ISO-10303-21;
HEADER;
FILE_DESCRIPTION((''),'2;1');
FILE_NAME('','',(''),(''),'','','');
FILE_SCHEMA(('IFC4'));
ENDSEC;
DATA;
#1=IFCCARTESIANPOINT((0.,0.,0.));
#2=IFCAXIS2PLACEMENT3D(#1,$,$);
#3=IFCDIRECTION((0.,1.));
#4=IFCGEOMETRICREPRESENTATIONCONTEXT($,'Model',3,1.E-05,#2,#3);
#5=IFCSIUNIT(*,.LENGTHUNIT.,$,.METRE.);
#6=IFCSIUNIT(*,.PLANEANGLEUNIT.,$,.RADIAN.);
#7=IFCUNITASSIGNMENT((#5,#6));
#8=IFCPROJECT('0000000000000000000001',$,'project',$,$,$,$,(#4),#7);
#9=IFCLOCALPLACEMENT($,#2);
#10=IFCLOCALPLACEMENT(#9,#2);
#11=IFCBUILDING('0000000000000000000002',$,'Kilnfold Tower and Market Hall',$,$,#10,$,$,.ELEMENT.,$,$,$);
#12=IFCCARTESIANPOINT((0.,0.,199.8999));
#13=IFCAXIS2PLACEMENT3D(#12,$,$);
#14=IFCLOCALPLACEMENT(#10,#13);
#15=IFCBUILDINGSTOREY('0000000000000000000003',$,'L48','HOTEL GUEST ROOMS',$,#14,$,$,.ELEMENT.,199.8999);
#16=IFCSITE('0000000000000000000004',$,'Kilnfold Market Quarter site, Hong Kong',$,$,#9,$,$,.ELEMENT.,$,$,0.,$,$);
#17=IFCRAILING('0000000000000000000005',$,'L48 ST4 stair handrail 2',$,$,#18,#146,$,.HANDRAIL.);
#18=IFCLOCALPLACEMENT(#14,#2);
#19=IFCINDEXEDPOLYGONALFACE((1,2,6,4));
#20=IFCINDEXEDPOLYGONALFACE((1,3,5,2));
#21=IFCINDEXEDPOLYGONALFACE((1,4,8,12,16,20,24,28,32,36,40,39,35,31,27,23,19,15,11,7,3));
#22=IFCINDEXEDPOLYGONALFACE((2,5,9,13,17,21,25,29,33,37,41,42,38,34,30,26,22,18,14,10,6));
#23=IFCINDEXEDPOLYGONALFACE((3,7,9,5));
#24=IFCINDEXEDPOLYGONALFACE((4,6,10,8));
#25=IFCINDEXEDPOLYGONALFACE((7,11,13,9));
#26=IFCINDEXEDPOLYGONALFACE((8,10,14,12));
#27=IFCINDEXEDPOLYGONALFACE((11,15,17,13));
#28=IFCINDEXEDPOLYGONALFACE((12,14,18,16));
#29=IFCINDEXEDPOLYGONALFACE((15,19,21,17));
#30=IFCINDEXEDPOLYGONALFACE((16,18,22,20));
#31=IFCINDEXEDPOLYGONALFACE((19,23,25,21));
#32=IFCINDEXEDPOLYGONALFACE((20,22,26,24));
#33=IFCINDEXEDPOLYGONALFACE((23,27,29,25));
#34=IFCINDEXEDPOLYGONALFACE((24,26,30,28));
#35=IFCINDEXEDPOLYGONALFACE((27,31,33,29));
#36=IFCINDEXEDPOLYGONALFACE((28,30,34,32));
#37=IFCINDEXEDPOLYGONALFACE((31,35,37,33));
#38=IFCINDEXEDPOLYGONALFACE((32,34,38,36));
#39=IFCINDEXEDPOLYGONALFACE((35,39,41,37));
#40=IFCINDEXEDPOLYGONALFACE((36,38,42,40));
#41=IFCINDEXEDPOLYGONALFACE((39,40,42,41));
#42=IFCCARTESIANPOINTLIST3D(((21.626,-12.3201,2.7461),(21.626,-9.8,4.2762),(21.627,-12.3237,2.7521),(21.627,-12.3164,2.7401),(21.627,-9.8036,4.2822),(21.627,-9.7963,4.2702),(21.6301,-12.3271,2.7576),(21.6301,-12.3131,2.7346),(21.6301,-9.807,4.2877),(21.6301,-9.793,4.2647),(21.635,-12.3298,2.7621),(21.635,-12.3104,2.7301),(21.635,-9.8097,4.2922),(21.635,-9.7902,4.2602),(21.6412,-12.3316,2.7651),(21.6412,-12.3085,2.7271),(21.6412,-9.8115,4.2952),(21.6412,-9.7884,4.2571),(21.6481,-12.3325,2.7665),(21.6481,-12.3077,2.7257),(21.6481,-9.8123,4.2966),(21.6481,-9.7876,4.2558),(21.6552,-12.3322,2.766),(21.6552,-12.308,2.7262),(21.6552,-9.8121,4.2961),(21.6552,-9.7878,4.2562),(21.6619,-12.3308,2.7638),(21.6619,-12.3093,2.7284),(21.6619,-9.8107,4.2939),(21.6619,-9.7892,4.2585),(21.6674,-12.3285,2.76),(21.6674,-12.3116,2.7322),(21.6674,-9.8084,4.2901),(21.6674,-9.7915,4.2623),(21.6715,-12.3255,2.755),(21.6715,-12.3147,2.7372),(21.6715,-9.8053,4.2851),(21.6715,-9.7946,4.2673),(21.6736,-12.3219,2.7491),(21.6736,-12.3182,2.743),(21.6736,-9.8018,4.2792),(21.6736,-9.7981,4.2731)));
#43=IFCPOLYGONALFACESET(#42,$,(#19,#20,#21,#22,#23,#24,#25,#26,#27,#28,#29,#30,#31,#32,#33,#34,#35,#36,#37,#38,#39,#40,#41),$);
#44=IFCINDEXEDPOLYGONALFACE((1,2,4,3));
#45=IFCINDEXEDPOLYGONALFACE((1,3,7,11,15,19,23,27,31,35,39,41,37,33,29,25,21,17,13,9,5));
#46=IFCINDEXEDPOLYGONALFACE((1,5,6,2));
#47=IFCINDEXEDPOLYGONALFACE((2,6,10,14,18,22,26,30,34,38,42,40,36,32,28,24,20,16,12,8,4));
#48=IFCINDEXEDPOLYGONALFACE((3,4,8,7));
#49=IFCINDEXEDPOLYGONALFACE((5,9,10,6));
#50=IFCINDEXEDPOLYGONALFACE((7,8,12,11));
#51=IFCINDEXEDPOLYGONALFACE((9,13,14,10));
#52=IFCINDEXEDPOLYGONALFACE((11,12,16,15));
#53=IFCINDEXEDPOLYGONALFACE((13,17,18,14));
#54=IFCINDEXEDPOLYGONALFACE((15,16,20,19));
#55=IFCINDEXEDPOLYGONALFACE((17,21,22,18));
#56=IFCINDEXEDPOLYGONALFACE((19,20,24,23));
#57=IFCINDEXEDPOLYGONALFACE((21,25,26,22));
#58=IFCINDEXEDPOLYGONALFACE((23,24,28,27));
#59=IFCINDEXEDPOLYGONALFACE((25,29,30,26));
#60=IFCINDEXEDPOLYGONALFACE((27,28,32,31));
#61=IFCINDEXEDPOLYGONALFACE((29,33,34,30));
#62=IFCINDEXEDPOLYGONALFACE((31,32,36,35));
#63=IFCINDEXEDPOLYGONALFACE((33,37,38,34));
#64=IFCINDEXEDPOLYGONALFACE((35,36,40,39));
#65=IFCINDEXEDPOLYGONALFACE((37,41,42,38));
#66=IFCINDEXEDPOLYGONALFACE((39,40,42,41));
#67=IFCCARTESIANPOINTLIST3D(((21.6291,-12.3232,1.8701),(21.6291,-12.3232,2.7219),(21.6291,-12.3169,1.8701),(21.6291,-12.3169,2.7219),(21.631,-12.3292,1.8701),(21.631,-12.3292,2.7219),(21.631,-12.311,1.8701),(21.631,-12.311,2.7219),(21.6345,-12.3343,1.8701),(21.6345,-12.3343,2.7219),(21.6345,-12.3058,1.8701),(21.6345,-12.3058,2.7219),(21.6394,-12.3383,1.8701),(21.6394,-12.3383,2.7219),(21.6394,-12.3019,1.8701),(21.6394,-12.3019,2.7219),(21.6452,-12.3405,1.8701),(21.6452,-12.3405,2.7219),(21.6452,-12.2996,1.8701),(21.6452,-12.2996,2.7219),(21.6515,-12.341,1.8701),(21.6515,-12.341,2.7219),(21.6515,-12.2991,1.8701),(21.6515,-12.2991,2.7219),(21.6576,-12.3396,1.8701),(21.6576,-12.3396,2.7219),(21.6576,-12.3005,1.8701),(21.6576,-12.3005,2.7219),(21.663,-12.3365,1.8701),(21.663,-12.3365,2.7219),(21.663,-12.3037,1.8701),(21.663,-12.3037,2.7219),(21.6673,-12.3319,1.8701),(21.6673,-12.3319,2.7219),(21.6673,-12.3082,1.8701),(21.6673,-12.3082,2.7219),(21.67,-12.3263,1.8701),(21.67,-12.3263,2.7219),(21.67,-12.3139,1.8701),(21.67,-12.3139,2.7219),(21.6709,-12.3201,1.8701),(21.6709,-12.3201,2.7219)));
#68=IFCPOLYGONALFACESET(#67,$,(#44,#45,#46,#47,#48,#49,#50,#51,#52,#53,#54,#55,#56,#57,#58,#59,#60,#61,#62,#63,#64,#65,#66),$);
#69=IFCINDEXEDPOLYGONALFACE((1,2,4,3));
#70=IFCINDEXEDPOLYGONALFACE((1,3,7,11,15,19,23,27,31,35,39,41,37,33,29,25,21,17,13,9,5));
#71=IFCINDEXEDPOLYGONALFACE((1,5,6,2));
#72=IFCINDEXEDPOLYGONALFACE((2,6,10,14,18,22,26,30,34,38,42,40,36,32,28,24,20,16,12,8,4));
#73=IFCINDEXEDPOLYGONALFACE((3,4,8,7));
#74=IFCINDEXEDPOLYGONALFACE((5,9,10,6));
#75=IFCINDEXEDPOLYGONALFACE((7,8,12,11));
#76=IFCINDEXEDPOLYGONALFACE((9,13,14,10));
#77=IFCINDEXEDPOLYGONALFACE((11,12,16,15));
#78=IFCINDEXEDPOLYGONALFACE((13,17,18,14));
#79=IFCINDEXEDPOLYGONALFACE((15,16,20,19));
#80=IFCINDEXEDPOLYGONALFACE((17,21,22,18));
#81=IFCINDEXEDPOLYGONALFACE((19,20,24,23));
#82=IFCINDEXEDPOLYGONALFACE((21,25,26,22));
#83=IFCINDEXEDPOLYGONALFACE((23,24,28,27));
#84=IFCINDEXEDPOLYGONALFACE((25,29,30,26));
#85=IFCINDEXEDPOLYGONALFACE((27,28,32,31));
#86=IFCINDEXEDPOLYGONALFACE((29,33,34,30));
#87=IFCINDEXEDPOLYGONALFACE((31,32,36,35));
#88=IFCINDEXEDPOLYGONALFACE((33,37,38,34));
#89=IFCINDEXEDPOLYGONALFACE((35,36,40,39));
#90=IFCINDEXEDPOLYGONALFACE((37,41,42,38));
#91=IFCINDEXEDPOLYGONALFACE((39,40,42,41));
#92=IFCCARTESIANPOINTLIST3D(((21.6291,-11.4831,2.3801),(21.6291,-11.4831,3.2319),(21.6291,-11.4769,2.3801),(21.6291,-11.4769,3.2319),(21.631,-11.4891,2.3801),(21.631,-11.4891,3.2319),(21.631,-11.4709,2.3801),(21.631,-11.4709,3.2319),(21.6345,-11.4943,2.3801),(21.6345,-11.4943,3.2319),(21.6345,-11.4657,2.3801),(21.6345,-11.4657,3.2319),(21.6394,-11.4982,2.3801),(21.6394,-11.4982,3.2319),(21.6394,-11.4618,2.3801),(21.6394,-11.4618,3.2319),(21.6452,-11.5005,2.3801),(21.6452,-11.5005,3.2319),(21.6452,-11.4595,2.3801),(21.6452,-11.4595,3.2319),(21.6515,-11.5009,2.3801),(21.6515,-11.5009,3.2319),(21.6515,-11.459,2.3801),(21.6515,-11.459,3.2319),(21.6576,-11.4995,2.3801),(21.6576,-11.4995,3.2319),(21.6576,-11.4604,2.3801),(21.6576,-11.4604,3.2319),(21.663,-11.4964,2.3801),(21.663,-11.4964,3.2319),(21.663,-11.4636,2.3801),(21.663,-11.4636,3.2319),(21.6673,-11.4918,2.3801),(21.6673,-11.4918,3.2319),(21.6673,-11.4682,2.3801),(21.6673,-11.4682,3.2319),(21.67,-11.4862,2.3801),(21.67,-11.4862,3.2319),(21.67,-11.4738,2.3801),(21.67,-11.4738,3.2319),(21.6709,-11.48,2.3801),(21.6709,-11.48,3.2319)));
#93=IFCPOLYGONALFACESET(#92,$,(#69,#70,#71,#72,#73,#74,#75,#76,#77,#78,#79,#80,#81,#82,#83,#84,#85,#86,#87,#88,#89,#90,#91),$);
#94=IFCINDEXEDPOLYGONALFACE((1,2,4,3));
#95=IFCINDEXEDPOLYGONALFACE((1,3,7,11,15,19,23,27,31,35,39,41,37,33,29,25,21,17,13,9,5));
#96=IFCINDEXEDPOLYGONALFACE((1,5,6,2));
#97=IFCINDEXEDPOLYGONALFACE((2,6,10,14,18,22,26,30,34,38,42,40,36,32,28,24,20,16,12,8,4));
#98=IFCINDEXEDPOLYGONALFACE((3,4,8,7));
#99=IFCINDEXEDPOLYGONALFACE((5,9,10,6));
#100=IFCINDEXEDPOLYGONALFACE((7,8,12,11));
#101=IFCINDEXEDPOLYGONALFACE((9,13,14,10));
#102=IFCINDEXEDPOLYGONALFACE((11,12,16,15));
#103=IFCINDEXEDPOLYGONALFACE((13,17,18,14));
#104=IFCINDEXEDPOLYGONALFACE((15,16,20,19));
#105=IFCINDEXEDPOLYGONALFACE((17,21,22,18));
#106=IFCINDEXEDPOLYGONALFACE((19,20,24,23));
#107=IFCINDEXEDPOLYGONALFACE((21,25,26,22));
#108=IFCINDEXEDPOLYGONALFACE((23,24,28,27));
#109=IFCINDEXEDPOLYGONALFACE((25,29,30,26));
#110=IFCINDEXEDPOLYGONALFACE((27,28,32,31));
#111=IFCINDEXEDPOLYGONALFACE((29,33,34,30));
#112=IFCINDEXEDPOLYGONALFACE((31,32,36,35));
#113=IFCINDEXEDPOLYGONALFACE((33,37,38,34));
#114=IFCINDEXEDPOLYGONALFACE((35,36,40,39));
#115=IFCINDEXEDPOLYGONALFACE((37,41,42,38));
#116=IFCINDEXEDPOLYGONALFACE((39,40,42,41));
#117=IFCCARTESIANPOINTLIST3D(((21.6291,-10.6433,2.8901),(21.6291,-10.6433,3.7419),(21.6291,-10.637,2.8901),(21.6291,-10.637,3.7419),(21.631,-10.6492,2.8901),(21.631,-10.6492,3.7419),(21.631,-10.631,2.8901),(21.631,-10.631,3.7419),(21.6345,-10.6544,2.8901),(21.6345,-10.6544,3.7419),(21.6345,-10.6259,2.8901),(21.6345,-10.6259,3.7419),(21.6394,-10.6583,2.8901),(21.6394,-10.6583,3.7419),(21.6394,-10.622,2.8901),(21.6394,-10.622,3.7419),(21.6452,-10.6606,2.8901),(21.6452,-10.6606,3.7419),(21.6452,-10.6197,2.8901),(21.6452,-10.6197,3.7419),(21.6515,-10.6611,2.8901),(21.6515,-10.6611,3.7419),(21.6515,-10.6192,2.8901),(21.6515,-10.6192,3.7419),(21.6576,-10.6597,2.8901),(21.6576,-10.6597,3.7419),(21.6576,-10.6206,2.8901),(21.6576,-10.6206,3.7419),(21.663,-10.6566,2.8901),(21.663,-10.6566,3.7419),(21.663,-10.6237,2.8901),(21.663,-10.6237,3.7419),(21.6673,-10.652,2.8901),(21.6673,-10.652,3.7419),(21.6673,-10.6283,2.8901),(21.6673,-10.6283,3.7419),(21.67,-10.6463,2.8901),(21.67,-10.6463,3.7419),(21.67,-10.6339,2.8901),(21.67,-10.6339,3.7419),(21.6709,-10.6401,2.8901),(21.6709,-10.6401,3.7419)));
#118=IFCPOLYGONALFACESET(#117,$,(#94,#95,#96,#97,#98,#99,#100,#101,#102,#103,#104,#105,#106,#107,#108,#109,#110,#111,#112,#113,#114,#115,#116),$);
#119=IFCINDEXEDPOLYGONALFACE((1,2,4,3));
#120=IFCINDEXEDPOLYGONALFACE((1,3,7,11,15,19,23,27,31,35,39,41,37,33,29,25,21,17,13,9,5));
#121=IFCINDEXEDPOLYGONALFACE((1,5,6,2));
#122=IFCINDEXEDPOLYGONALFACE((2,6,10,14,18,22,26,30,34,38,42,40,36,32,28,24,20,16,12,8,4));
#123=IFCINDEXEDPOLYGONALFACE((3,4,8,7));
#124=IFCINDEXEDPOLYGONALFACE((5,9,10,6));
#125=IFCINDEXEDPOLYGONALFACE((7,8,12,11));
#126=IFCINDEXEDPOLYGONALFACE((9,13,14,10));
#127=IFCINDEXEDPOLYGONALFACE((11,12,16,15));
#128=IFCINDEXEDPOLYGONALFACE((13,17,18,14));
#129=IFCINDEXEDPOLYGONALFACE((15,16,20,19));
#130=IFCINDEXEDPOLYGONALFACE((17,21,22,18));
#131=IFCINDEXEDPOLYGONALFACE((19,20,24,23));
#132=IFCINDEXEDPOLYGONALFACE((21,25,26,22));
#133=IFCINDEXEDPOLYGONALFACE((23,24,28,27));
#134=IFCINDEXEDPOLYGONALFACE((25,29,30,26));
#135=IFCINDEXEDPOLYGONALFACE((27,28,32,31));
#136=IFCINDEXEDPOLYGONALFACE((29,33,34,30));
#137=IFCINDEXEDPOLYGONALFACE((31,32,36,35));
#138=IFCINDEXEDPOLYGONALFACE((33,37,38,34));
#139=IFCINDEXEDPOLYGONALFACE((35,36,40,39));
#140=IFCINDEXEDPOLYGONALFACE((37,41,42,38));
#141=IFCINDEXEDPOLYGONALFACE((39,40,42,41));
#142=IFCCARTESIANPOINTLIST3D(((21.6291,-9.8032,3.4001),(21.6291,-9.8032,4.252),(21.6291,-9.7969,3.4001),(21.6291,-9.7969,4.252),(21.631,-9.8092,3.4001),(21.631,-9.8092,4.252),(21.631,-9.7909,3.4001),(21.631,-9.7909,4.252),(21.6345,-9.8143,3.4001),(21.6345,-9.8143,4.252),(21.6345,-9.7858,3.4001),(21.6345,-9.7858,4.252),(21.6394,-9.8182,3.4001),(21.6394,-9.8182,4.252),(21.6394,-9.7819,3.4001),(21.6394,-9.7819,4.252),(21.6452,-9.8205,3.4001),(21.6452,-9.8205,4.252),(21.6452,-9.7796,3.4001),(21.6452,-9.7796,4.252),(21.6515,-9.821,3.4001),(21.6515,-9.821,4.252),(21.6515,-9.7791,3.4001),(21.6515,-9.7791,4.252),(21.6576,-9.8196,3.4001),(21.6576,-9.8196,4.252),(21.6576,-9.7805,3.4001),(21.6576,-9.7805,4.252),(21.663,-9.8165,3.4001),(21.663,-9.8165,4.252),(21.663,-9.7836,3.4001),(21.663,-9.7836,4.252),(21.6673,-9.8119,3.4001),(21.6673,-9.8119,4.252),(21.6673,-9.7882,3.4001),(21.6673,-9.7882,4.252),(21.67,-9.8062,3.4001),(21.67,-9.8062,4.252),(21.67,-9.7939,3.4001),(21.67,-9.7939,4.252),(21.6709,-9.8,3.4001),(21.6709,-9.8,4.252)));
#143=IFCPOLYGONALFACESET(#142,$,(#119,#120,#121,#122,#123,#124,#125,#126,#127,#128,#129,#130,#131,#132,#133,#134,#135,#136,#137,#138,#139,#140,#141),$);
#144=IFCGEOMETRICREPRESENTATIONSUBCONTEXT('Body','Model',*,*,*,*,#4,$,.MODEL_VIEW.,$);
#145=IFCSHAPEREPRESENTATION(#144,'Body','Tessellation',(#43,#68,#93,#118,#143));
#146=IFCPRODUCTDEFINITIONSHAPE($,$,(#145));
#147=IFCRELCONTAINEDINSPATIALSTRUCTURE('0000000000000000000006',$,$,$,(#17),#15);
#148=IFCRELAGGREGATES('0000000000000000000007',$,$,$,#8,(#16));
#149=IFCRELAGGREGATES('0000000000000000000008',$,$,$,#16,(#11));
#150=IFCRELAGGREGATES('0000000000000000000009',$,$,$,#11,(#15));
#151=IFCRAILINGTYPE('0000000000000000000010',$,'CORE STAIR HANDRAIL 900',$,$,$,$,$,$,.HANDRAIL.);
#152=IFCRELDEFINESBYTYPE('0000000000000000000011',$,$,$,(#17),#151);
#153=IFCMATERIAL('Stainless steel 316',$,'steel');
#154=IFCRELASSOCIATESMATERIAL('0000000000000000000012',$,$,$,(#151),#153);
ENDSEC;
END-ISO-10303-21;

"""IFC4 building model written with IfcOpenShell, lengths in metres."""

from ifc_helpers import new_model, si_unit, direction, frame, origin, origin_2d, place, context, subcontext, project, spatial, circle, extrude, material, type_object, element, save


model = new_model("IFC4")

# Units and contexts
model_context = context("Model", 3, precision=1e-05, world=origin(), true_north=direction((0.0, 1.0)))
body_context = subcontext(model_context, "Body", "Model", "MODEL_VIEW")
ifc_project = project(units=[si_unit("LENGTHUNIT", "METRE"), si_unit("PLANEANGLEUNIT", "RADIAN")], contexts=[model_context])

# Site, building, storey
site_placement = place(None, origin())
site = spatial("IfcSite", under=ifc_project, at=site_placement, Name="Kilnfold Market Quarter site, Hong Kong", CompositionType="ELEMENT", RefElevation=0.0)
building_placement = place(site_placement, origin())
building = spatial("IfcBuilding", under=site, at=building_placement, Name="Kilnfold Tower and Market Hall", CompositionType="ELEMENT")
storey_placement = place(building_placement, frame((0.0, 0.0, 199.8999)))
storey = spatial("IfcBuildingStorey", under=building, at=storey_placement, Name="L48", Description="HOTEL GUEST ROOMS", CompositionType="ELEMENT", Elevation=199.8999)

# Railing
ifc_material_1 = material(Name="Stainless steel 316", Category="steel")
railing_type_1 = type_object("IfcRailingType", Name="CORE STAIR HANDRAIL 900", PredefinedType="HANDRAIL", material=ifc_material_1)
railing_1_placement = place(storey_placement, frame((21.6499, -12.3201, 1.8701)))
element("IfcRailing", 1, at=railing_1_placement, inside=storey, type_object=railing_type_1, Name="L48 ST4 stair handrail 2", PredefinedType="HANDRAIL", context=body_context, shape_type="SweptSolid", body=[
    extrude(circle(Radius=0.0239, at=origin_2d()), frame((0.0, 0.0, 0.876), z_axis=(0.0, 0.854785, 0.518982), x_axis=(-1.0, 0.0, 0.0)), (0.0, 0.0, 1.0), 2.9482),
    extrude(circle(Radius=0.021, at=origin_2d()), origin(), (0.0, 0.0, 1.0), 0.8518),
    extrude(circle(Radius=0.021, at=origin_2d()), frame((0.0, 0.8401, 0.51)), (0.0, 0.0, 1.0), 0.8518),
    extrude(circle(Radius=0.021, at=origin_2d()), frame((0.0, 1.6799, 1.02)), (0.0, 0.0, 1.0), 0.8518),
    extrude(circle(Radius=0.021, at=origin_2d()), frame((0.0, 2.52, 1.53)), (0.0, 0.0, 1.0), 0.8518),
])

save(model, "model.ifc")
